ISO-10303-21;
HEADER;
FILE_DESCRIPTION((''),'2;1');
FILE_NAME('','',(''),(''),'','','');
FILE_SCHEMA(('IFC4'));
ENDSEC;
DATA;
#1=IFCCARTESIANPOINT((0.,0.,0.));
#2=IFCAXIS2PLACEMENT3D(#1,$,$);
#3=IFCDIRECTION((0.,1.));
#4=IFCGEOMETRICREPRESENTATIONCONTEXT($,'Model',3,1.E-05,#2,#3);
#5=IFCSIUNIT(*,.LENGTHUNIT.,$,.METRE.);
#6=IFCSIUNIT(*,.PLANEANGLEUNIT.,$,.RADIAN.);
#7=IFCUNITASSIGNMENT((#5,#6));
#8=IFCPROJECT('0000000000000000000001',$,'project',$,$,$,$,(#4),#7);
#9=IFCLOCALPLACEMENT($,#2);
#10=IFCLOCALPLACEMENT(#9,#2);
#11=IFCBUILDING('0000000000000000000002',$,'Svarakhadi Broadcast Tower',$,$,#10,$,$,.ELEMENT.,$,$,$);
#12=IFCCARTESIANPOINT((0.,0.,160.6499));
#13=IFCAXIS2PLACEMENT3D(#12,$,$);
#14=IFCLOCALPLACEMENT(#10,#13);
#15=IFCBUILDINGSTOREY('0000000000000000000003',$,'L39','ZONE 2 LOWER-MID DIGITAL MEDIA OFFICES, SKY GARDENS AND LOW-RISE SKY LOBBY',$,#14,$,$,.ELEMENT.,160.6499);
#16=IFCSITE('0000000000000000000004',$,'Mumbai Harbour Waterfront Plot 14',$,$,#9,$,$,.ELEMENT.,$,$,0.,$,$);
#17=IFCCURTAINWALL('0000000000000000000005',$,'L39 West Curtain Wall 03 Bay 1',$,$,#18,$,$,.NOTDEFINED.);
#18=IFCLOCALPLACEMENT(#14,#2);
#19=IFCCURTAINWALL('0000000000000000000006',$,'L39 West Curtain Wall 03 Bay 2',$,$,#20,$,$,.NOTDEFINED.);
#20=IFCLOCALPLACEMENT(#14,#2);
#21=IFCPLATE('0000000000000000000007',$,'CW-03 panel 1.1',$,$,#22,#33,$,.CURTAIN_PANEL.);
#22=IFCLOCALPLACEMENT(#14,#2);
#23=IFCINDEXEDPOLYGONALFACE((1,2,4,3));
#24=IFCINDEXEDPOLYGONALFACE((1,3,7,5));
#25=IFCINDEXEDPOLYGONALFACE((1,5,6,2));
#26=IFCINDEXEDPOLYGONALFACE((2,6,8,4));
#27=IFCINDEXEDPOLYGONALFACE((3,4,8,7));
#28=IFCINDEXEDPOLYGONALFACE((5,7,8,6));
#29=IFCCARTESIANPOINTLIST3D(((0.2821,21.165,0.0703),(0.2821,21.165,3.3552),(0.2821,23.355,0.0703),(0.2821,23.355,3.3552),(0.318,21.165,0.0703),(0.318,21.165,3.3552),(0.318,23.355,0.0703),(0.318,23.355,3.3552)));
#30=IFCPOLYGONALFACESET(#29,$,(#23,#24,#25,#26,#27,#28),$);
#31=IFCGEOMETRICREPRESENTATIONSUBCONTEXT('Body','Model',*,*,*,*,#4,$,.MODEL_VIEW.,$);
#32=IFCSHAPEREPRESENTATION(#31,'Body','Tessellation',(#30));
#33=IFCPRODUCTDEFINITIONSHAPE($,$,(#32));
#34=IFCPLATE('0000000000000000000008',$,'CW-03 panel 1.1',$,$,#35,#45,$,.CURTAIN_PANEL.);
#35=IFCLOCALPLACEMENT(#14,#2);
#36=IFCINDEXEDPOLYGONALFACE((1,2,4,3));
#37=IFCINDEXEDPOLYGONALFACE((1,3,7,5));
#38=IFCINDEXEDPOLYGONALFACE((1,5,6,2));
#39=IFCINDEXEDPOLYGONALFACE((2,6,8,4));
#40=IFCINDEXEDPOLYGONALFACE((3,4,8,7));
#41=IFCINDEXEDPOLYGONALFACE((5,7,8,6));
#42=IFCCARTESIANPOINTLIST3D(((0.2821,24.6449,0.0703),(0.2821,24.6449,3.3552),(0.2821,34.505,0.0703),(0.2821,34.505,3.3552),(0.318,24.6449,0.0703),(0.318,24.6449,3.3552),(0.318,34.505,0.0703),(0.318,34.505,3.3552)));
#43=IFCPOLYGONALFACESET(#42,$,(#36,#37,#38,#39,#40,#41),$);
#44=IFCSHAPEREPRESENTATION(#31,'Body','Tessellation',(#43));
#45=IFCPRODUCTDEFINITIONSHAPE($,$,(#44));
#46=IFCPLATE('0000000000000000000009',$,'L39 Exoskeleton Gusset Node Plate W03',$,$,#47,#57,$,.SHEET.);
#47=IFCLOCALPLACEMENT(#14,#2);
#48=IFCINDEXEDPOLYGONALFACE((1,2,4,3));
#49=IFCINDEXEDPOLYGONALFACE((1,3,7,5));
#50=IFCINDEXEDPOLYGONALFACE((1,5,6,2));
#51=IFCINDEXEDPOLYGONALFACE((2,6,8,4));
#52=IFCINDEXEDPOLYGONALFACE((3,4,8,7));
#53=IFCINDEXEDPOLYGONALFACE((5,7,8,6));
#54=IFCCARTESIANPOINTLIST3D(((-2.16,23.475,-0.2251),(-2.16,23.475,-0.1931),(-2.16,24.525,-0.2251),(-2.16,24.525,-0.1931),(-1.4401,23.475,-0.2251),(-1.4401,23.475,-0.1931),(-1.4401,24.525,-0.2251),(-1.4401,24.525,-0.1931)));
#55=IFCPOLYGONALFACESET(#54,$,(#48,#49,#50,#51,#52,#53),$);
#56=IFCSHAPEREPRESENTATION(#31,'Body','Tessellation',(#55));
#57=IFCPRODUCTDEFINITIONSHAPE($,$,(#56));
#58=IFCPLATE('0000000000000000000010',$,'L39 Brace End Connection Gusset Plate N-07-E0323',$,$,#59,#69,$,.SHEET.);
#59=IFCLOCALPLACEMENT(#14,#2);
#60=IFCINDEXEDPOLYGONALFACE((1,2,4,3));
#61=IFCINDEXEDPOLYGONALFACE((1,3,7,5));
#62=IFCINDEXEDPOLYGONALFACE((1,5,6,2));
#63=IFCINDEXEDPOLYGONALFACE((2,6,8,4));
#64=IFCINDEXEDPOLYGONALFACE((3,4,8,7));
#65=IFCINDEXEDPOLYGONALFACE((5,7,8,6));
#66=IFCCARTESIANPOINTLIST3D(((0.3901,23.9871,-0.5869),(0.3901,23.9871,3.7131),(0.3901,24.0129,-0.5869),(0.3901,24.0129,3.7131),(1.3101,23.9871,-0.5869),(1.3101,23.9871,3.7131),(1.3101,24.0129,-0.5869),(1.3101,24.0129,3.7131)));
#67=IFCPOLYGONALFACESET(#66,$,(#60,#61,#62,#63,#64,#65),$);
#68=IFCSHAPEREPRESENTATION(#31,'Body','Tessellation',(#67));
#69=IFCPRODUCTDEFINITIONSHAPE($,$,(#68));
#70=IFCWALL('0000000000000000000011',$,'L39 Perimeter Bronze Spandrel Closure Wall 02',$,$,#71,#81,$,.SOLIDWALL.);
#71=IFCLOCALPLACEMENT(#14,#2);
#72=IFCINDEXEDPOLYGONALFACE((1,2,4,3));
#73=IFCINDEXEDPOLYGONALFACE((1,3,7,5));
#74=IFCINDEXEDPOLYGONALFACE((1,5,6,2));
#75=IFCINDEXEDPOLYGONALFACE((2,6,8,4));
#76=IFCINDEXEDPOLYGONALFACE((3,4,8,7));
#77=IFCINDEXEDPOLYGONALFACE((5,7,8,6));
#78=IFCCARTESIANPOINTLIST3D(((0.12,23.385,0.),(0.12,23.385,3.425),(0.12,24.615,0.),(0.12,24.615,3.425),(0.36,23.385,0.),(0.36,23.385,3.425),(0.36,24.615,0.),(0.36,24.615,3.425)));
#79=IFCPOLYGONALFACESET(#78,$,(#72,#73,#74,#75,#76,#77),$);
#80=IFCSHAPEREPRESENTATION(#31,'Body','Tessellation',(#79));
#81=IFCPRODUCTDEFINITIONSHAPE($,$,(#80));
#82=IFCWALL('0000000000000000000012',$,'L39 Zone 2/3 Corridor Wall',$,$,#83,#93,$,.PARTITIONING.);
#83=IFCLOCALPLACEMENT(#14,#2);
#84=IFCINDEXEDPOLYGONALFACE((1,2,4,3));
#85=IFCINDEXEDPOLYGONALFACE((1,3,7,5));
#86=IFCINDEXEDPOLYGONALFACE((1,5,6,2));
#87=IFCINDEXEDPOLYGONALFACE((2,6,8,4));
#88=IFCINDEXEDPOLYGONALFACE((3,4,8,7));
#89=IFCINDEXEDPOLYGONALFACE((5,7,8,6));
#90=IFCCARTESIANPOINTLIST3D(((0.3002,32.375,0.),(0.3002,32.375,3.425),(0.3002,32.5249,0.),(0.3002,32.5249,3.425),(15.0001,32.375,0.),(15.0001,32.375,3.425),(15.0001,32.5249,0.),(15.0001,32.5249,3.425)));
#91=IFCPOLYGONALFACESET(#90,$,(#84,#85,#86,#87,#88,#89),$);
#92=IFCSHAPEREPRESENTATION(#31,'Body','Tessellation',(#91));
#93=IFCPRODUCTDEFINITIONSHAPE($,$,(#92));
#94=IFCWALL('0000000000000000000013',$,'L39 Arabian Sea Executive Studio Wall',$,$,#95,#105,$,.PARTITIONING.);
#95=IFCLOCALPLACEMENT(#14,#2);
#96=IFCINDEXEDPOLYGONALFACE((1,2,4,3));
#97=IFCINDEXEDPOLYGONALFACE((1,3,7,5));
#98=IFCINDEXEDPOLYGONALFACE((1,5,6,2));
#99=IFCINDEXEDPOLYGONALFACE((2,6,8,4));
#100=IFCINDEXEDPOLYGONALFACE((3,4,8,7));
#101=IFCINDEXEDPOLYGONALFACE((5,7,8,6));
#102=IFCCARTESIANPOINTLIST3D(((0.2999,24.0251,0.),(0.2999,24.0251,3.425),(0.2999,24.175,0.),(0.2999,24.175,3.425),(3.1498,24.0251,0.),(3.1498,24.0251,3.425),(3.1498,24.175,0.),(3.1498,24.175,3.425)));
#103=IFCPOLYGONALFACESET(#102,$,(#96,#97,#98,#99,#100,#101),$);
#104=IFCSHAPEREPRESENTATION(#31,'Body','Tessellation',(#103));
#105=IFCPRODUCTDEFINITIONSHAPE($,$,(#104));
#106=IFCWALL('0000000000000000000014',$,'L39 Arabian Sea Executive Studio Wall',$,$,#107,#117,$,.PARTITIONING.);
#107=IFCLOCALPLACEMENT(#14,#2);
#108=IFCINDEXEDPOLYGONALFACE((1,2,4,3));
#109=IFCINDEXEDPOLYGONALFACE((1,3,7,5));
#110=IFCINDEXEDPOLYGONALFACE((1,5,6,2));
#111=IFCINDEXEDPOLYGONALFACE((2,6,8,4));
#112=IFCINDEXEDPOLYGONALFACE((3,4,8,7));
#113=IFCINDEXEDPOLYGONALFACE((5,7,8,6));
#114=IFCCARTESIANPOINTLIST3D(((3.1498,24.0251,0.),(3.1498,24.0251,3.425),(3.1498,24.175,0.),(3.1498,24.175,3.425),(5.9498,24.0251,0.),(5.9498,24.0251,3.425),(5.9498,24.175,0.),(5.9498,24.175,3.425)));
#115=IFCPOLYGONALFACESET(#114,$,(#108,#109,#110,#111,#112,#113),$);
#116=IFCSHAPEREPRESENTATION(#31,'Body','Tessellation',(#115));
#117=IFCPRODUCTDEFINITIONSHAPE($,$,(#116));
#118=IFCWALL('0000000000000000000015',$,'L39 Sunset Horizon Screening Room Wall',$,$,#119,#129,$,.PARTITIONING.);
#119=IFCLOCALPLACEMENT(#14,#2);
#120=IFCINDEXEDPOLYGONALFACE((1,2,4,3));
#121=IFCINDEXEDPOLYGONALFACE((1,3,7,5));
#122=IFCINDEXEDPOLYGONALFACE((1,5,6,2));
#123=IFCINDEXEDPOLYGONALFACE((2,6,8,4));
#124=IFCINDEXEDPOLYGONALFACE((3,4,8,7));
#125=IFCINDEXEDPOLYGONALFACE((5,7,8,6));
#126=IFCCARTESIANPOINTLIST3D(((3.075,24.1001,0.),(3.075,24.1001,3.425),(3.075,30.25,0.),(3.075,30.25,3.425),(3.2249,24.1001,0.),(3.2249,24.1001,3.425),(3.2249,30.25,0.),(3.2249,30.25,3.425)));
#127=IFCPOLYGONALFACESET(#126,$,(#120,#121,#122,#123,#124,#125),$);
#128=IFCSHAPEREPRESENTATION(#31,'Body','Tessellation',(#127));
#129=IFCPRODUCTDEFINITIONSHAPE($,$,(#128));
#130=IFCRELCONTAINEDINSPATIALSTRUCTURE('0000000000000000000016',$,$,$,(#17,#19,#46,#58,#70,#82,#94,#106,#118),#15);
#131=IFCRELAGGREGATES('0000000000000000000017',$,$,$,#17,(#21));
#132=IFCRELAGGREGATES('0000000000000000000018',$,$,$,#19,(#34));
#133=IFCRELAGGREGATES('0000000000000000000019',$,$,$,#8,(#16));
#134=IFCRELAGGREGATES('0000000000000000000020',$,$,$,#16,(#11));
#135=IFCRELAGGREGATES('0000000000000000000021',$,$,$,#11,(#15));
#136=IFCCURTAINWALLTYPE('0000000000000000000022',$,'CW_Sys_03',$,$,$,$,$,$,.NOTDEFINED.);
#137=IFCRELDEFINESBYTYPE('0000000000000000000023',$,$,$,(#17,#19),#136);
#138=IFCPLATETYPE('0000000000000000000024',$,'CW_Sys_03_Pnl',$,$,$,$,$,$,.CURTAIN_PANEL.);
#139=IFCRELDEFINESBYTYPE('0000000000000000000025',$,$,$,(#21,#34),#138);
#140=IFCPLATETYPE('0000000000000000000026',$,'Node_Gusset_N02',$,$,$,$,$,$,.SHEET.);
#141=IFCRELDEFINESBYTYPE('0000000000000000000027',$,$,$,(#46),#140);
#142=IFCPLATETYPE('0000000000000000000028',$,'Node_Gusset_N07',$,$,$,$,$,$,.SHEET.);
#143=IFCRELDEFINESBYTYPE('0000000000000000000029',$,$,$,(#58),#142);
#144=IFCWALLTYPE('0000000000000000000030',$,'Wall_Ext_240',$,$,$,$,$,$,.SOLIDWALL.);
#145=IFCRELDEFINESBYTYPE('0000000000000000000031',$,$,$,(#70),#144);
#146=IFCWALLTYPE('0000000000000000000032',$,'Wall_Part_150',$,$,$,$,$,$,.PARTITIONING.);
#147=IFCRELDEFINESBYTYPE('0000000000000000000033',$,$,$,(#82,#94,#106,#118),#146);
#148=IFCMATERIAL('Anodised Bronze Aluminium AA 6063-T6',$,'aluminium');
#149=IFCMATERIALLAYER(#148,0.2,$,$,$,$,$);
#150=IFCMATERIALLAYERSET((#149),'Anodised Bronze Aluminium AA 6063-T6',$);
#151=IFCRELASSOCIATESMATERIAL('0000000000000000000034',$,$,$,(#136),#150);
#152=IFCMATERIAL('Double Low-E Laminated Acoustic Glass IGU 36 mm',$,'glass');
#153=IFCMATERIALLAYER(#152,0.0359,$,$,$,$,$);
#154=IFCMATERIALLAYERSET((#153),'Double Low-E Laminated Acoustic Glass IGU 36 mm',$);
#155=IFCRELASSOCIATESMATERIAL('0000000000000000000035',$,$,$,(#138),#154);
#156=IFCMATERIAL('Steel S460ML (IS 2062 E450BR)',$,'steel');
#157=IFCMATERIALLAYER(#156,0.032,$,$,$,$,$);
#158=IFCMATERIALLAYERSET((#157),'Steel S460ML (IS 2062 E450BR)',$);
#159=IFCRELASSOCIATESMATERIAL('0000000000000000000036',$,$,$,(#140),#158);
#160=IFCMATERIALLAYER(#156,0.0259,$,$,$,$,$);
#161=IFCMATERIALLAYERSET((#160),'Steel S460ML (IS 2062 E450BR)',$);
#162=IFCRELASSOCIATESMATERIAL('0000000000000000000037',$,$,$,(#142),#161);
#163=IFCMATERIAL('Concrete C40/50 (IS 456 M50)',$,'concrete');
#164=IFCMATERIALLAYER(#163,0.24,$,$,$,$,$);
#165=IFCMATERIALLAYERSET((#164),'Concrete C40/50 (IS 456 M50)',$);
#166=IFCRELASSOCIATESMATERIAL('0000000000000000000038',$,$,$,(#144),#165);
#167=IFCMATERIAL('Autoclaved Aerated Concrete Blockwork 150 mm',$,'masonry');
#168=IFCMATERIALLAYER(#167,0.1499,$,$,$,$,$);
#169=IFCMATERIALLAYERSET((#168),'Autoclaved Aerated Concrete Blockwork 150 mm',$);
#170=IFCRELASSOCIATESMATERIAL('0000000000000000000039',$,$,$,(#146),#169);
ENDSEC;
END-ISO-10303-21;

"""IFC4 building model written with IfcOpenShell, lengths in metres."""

from ifc_helpers import new_model, si_unit, direction, frame, frame_2d, origin, origin_2d, place, context, subcontext, project, spatial, rectangle, extrude, material, layer, layer_set, type_object, element, aggregate, save


model = new_model("IFC4")

# Units and contexts
model_context = context("Model", 3, precision=1e-05, world=origin(), true_north=direction((0.0, 1.0)))
body_context = subcontext(model_context, "Body", "Model", "MODEL_VIEW")
ifc_project = project(units=[si_unit("LENGTHUNIT", "METRE"), si_unit("PLANEANGLEUNIT", "RADIAN")], contexts=[model_context])

# Site, building, storey
site_placement = place(None, origin())
site = spatial("IfcSite", under=ifc_project, at=site_placement, Name="Mumbai Harbour Waterfront Plot 14", CompositionType="ELEMENT", RefElevation=0.0)
building_placement = place(site_placement, origin())
building = spatial("IfcBuilding", under=site, at=building_placement, Name="Svarakhadi Broadcast Tower", CompositionType="ELEMENT")
storey_placement = place(building_placement, frame((0.0, 0.0, 160.6499)))
storey = spatial("IfcBuildingStorey", under=building, at=storey_placement, Name="L39", Description="ZONE 2 LOWER-MID DIGITAL MEDIA OFFICES, SKY GARDENS AND LOW-RISE SKY LOBBY", CompositionType="ELEMENT", Elevation=160.6499)

# Shared definitions
ifc_material_1 = material(Name="Steel S460ML (IS 2062 E450BR)", Category="steel")

# Curtain walls
ifc_material_2 = material(Name="Anodised Bronze Aluminium AA 6063-T6", Category="aluminium")
ifc_layer_1 = layer(ifc_material_2, 0.2)
ifc_layer_set_1 = layer_set([ifc_layer_1], Name="Anodised Bronze Aluminium AA 6063-T6")
curtain_wall_type = type_object("IfcCurtainWallType", Name="CW_Sys_03", PredefinedType="NOTDEFINED", material=ifc_layer_set_1)
curtain_wall_1_placement = place(storey_placement, origin())
curtain_wall_1 = element("IfcCurtainWall", 1, at=curtain_wall_1_placement, inside=storey, type_object=curtain_wall_type, Name="L39 West Curtain Wall 03 Bay 1", PredefinedType="NOTDEFINED")
curtain_wall_2_placement = place(storey_placement, origin())
curtain_wall_2 = element("IfcCurtainWall", 2, at=curtain_wall_2_placement, inside=storey, type_object=curtain_wall_type, Name="L39 West Curtain Wall 03 Bay 2", PredefinedType="NOTDEFINED")

# Plates
ifc_material_3 = material(Name="Double Low-E Laminated Acoustic Glass IGU 36 mm", Category="glass")
ifc_layer_2 = layer(ifc_material_3, 0.0359)
ifc_layer_set_2 = layer_set([ifc_layer_2], Name="Double Low-E Laminated Acoustic Glass IGU 36 mm")
plate_type_1 = type_object("IfcPlateType", Name="CW_Sys_03_Pnl", PredefinedType="CURTAIN_PANEL", material=ifc_layer_set_2)
plate_1_placement = place(storey_placement, frame((0.3, 22.26, 0.0703), z_axis=(0.0, 0.0, 1.0), x_axis=(0.0, 1.0, 0.0)))
plate_1 = element("IfcPlate", 3, at=plate_1_placement, type_object=plate_type_1, Name="CW-03 panel 1.1", PredefinedType="CURTAIN_PANEL", context=body_context, shape_type="SweptSolid", body=[
    extrude(rectangle(XDim=2.1899, YDim=0.0359, at=origin_2d()), origin(), (0.0, 0.0, 1.0), 3.2849),
])
aggregate(curtain_wall_1, [plate_1])
plate_2_placement = place(storey_placement, frame((0.3, 29.575, 0.0703), z_axis=(0.0, 0.0, 1.0), x_axis=(0.0, 1.0, 0.0)))
plate_2 = element("IfcPlate", 4, at=plate_2_placement, type_object=plate_type_1, Name="CW-03 panel 1.1", PredefinedType="CURTAIN_PANEL", context=body_context, shape_type="SweptSolid", body=[
    extrude(rectangle(XDim=9.8601, YDim=0.0359, at=origin_2d()), origin(), (0.0, 0.0, 1.0), 3.2849),
])
aggregate(curtain_wall_2, [plate_2])

# Plates
ifc_layer_3 = layer(ifc_material_1, 0.032)
ifc_layer_set_3 = layer_set([ifc_layer_3], Name="Steel S460ML (IS 2062 E450BR)")
plate_type_2 = type_object("IfcPlateType", Name="Node_Gusset_N02", PredefinedType="SHEET", material=ifc_layer_set_3)
plate_3_placement = place(storey_placement, frame((-1.8, 24.0, -0.2251), z_axis=(0.0, 0.0, 1.0), x_axis=(0.0, 1.0, 0.0)))
element("IfcPlate", 5, at=plate_3_placement, inside=storey, type_object=plate_type_2, Name="L39 Exoskeleton Gusset Node Plate W03", PredefinedType="SHEET", context=body_context, shape_type="SweptSolid", body=[
    extrude(rectangle(XDim=1.05, YDim=0.72, at=origin_2d()), origin(), (0.0, 0.0, 1.0), 0.032),
])
ifc_layer_4 = layer(ifc_material_1, 0.0259)
ifc_layer_set_4 = layer_set([ifc_layer_4], Name="Steel S460ML (IS 2062 E450BR)")
plate_type_3 = type_object("IfcPlateType", Name="Node_Gusset_N07", PredefinedType="SHEET", material=ifc_layer_set_4)
plate_4_placement = place(storey_placement, frame((0.8501, 24.0, -0.5869), z_axis=(0.0, 0.0, 1.0), x_axis=(1.0, 0.0, 0.0)))
element("IfcPlate", 6, at=plate_4_placement, inside=storey, type_object=plate_type_3, Name="L39 Brace End Connection Gusset Plate N-07-E0323", PredefinedType="SHEET", context=body_context, shape_type="SweptSolid", body=[
    extrude(rectangle(XDim=0.9199, YDim=0.0259, at=origin_2d()), origin(), (0.0, 0.0, 1.0), 4.3),
])

# Walls
ifc_material_4 = material(Name="Concrete C40/50 (IS 456 M50)", Category="concrete")
ifc_layer_5 = layer(ifc_material_4, 0.24)
ifc_layer_set_5 = layer_set([ifc_layer_5], Name="Concrete C40/50 (IS 456 M50)")
wall_type_1 = type_object("IfcWallType", Name="Wall_Ext_240", PredefinedType="SOLIDWALL", material=ifc_layer_set_5)
wall_1_placement = place(storey_placement, frame((0.24, 23.385, 0.0), z_axis=(0.0, 0.0, 1.0), x_axis=(0.0, 1.0, 0.0)))
element("IfcWall", 7, at=wall_1_placement, inside=storey, type_object=wall_type_1, Name="L39 Perimeter Bronze Spandrel Closure Wall 02", PredefinedType="SOLIDWALL", context=body_context, shape_type="SweptSolid", body=[
    extrude(rectangle(XDim=1.23, YDim=0.24, at=frame_2d((0.615, 0.0))), origin(), (0.0, 0.0, 1.0), 3.425),
])
ifc_material_5 = material(Name="Autoclaved Aerated Concrete Blockwork 150 mm", Category="masonry")
ifc_layer_6 = layer(ifc_material_5, 0.1499)
ifc_layer_set_6 = layer_set([ifc_layer_6], Name="Autoclaved Aerated Concrete Blockwork 150 mm")
wall_type_2 = type_object("IfcWallType", Name="Wall_Part_150", PredefinedType="PARTITIONING", material=ifc_layer_set_6)
wall_2_placement = place(storey_placement, frame((0.3, 32.45, 0.0), z_axis=(0.0, 0.0, 1.0), x_axis=(1.0, 0.0, 0.0)))
element("IfcWall", 8, at=wall_2_placement, inside=storey, type_object=wall_type_2, Name="L39 Zone 2/3 Corridor Wall", PredefinedType="PARTITIONING", context=body_context, shape_type="SweptSolid", body=[
    extrude(rectangle(XDim=14.7, YDim=0.1499, at=frame_2d((7.3501, 0.0))), origin(), (0.0, 0.0, 1.0), 3.425),
])
wall_3_placement = place(storey_placement, frame((0.3, 24.1001, 0.0), z_axis=(0.0, 0.0, 1.0), x_axis=(1.0, 0.0, 0.0)))
element("IfcWall", 9, at=wall_3_placement, inside=storey, type_object=wall_type_2, Name="L39 Arabian Sea Executive Studio Wall", PredefinedType="PARTITIONING", context=body_context, shape_type="SweptSolid", body=[
    extrude(rectangle(XDim=2.8499, YDim=0.1499, at=frame_2d((1.4248, 0.0))), origin(), (0.0, 0.0, 1.0), 3.425),
])
wall_4_placement = place(storey_placement, frame((3.1499, 24.1001, 0.0), z_axis=(0.0, 0.0, 1.0), x_axis=(1.0, 0.0, 0.0)))
element("IfcWall", 10, at=wall_4_placement, inside=storey, type_object=wall_type_2, Name="L39 Arabian Sea Executive Studio Wall", PredefinedType="PARTITIONING", context=body_context, shape_type="SweptSolid", body=[
    extrude(rectangle(XDim=2.8, YDim=0.1499, at=frame_2d((1.3999, 0.0))), origin(), (0.0, 0.0, 1.0), 3.425),
])
wall_5_placement = place(storey_placement, frame((3.1499, 24.1001, 0.0), z_axis=(0.0, 0.0, 1.0), x_axis=(0.0, 1.0, 0.0)))
element("IfcWall", 11, at=wall_5_placement, inside=storey, type_object=wall_type_2, Name="L39 Sunset Horizon Screening Room Wall", PredefinedType="PARTITIONING", context=body_context, shape_type="SweptSolid", body=[
    extrude(rectangle(XDim=6.1499, YDim=0.1499, at=frame_2d((3.075, 0.0))), origin(), (0.0, 0.0, 1.0), 3.425),
])

save(model, "model.ifc")
